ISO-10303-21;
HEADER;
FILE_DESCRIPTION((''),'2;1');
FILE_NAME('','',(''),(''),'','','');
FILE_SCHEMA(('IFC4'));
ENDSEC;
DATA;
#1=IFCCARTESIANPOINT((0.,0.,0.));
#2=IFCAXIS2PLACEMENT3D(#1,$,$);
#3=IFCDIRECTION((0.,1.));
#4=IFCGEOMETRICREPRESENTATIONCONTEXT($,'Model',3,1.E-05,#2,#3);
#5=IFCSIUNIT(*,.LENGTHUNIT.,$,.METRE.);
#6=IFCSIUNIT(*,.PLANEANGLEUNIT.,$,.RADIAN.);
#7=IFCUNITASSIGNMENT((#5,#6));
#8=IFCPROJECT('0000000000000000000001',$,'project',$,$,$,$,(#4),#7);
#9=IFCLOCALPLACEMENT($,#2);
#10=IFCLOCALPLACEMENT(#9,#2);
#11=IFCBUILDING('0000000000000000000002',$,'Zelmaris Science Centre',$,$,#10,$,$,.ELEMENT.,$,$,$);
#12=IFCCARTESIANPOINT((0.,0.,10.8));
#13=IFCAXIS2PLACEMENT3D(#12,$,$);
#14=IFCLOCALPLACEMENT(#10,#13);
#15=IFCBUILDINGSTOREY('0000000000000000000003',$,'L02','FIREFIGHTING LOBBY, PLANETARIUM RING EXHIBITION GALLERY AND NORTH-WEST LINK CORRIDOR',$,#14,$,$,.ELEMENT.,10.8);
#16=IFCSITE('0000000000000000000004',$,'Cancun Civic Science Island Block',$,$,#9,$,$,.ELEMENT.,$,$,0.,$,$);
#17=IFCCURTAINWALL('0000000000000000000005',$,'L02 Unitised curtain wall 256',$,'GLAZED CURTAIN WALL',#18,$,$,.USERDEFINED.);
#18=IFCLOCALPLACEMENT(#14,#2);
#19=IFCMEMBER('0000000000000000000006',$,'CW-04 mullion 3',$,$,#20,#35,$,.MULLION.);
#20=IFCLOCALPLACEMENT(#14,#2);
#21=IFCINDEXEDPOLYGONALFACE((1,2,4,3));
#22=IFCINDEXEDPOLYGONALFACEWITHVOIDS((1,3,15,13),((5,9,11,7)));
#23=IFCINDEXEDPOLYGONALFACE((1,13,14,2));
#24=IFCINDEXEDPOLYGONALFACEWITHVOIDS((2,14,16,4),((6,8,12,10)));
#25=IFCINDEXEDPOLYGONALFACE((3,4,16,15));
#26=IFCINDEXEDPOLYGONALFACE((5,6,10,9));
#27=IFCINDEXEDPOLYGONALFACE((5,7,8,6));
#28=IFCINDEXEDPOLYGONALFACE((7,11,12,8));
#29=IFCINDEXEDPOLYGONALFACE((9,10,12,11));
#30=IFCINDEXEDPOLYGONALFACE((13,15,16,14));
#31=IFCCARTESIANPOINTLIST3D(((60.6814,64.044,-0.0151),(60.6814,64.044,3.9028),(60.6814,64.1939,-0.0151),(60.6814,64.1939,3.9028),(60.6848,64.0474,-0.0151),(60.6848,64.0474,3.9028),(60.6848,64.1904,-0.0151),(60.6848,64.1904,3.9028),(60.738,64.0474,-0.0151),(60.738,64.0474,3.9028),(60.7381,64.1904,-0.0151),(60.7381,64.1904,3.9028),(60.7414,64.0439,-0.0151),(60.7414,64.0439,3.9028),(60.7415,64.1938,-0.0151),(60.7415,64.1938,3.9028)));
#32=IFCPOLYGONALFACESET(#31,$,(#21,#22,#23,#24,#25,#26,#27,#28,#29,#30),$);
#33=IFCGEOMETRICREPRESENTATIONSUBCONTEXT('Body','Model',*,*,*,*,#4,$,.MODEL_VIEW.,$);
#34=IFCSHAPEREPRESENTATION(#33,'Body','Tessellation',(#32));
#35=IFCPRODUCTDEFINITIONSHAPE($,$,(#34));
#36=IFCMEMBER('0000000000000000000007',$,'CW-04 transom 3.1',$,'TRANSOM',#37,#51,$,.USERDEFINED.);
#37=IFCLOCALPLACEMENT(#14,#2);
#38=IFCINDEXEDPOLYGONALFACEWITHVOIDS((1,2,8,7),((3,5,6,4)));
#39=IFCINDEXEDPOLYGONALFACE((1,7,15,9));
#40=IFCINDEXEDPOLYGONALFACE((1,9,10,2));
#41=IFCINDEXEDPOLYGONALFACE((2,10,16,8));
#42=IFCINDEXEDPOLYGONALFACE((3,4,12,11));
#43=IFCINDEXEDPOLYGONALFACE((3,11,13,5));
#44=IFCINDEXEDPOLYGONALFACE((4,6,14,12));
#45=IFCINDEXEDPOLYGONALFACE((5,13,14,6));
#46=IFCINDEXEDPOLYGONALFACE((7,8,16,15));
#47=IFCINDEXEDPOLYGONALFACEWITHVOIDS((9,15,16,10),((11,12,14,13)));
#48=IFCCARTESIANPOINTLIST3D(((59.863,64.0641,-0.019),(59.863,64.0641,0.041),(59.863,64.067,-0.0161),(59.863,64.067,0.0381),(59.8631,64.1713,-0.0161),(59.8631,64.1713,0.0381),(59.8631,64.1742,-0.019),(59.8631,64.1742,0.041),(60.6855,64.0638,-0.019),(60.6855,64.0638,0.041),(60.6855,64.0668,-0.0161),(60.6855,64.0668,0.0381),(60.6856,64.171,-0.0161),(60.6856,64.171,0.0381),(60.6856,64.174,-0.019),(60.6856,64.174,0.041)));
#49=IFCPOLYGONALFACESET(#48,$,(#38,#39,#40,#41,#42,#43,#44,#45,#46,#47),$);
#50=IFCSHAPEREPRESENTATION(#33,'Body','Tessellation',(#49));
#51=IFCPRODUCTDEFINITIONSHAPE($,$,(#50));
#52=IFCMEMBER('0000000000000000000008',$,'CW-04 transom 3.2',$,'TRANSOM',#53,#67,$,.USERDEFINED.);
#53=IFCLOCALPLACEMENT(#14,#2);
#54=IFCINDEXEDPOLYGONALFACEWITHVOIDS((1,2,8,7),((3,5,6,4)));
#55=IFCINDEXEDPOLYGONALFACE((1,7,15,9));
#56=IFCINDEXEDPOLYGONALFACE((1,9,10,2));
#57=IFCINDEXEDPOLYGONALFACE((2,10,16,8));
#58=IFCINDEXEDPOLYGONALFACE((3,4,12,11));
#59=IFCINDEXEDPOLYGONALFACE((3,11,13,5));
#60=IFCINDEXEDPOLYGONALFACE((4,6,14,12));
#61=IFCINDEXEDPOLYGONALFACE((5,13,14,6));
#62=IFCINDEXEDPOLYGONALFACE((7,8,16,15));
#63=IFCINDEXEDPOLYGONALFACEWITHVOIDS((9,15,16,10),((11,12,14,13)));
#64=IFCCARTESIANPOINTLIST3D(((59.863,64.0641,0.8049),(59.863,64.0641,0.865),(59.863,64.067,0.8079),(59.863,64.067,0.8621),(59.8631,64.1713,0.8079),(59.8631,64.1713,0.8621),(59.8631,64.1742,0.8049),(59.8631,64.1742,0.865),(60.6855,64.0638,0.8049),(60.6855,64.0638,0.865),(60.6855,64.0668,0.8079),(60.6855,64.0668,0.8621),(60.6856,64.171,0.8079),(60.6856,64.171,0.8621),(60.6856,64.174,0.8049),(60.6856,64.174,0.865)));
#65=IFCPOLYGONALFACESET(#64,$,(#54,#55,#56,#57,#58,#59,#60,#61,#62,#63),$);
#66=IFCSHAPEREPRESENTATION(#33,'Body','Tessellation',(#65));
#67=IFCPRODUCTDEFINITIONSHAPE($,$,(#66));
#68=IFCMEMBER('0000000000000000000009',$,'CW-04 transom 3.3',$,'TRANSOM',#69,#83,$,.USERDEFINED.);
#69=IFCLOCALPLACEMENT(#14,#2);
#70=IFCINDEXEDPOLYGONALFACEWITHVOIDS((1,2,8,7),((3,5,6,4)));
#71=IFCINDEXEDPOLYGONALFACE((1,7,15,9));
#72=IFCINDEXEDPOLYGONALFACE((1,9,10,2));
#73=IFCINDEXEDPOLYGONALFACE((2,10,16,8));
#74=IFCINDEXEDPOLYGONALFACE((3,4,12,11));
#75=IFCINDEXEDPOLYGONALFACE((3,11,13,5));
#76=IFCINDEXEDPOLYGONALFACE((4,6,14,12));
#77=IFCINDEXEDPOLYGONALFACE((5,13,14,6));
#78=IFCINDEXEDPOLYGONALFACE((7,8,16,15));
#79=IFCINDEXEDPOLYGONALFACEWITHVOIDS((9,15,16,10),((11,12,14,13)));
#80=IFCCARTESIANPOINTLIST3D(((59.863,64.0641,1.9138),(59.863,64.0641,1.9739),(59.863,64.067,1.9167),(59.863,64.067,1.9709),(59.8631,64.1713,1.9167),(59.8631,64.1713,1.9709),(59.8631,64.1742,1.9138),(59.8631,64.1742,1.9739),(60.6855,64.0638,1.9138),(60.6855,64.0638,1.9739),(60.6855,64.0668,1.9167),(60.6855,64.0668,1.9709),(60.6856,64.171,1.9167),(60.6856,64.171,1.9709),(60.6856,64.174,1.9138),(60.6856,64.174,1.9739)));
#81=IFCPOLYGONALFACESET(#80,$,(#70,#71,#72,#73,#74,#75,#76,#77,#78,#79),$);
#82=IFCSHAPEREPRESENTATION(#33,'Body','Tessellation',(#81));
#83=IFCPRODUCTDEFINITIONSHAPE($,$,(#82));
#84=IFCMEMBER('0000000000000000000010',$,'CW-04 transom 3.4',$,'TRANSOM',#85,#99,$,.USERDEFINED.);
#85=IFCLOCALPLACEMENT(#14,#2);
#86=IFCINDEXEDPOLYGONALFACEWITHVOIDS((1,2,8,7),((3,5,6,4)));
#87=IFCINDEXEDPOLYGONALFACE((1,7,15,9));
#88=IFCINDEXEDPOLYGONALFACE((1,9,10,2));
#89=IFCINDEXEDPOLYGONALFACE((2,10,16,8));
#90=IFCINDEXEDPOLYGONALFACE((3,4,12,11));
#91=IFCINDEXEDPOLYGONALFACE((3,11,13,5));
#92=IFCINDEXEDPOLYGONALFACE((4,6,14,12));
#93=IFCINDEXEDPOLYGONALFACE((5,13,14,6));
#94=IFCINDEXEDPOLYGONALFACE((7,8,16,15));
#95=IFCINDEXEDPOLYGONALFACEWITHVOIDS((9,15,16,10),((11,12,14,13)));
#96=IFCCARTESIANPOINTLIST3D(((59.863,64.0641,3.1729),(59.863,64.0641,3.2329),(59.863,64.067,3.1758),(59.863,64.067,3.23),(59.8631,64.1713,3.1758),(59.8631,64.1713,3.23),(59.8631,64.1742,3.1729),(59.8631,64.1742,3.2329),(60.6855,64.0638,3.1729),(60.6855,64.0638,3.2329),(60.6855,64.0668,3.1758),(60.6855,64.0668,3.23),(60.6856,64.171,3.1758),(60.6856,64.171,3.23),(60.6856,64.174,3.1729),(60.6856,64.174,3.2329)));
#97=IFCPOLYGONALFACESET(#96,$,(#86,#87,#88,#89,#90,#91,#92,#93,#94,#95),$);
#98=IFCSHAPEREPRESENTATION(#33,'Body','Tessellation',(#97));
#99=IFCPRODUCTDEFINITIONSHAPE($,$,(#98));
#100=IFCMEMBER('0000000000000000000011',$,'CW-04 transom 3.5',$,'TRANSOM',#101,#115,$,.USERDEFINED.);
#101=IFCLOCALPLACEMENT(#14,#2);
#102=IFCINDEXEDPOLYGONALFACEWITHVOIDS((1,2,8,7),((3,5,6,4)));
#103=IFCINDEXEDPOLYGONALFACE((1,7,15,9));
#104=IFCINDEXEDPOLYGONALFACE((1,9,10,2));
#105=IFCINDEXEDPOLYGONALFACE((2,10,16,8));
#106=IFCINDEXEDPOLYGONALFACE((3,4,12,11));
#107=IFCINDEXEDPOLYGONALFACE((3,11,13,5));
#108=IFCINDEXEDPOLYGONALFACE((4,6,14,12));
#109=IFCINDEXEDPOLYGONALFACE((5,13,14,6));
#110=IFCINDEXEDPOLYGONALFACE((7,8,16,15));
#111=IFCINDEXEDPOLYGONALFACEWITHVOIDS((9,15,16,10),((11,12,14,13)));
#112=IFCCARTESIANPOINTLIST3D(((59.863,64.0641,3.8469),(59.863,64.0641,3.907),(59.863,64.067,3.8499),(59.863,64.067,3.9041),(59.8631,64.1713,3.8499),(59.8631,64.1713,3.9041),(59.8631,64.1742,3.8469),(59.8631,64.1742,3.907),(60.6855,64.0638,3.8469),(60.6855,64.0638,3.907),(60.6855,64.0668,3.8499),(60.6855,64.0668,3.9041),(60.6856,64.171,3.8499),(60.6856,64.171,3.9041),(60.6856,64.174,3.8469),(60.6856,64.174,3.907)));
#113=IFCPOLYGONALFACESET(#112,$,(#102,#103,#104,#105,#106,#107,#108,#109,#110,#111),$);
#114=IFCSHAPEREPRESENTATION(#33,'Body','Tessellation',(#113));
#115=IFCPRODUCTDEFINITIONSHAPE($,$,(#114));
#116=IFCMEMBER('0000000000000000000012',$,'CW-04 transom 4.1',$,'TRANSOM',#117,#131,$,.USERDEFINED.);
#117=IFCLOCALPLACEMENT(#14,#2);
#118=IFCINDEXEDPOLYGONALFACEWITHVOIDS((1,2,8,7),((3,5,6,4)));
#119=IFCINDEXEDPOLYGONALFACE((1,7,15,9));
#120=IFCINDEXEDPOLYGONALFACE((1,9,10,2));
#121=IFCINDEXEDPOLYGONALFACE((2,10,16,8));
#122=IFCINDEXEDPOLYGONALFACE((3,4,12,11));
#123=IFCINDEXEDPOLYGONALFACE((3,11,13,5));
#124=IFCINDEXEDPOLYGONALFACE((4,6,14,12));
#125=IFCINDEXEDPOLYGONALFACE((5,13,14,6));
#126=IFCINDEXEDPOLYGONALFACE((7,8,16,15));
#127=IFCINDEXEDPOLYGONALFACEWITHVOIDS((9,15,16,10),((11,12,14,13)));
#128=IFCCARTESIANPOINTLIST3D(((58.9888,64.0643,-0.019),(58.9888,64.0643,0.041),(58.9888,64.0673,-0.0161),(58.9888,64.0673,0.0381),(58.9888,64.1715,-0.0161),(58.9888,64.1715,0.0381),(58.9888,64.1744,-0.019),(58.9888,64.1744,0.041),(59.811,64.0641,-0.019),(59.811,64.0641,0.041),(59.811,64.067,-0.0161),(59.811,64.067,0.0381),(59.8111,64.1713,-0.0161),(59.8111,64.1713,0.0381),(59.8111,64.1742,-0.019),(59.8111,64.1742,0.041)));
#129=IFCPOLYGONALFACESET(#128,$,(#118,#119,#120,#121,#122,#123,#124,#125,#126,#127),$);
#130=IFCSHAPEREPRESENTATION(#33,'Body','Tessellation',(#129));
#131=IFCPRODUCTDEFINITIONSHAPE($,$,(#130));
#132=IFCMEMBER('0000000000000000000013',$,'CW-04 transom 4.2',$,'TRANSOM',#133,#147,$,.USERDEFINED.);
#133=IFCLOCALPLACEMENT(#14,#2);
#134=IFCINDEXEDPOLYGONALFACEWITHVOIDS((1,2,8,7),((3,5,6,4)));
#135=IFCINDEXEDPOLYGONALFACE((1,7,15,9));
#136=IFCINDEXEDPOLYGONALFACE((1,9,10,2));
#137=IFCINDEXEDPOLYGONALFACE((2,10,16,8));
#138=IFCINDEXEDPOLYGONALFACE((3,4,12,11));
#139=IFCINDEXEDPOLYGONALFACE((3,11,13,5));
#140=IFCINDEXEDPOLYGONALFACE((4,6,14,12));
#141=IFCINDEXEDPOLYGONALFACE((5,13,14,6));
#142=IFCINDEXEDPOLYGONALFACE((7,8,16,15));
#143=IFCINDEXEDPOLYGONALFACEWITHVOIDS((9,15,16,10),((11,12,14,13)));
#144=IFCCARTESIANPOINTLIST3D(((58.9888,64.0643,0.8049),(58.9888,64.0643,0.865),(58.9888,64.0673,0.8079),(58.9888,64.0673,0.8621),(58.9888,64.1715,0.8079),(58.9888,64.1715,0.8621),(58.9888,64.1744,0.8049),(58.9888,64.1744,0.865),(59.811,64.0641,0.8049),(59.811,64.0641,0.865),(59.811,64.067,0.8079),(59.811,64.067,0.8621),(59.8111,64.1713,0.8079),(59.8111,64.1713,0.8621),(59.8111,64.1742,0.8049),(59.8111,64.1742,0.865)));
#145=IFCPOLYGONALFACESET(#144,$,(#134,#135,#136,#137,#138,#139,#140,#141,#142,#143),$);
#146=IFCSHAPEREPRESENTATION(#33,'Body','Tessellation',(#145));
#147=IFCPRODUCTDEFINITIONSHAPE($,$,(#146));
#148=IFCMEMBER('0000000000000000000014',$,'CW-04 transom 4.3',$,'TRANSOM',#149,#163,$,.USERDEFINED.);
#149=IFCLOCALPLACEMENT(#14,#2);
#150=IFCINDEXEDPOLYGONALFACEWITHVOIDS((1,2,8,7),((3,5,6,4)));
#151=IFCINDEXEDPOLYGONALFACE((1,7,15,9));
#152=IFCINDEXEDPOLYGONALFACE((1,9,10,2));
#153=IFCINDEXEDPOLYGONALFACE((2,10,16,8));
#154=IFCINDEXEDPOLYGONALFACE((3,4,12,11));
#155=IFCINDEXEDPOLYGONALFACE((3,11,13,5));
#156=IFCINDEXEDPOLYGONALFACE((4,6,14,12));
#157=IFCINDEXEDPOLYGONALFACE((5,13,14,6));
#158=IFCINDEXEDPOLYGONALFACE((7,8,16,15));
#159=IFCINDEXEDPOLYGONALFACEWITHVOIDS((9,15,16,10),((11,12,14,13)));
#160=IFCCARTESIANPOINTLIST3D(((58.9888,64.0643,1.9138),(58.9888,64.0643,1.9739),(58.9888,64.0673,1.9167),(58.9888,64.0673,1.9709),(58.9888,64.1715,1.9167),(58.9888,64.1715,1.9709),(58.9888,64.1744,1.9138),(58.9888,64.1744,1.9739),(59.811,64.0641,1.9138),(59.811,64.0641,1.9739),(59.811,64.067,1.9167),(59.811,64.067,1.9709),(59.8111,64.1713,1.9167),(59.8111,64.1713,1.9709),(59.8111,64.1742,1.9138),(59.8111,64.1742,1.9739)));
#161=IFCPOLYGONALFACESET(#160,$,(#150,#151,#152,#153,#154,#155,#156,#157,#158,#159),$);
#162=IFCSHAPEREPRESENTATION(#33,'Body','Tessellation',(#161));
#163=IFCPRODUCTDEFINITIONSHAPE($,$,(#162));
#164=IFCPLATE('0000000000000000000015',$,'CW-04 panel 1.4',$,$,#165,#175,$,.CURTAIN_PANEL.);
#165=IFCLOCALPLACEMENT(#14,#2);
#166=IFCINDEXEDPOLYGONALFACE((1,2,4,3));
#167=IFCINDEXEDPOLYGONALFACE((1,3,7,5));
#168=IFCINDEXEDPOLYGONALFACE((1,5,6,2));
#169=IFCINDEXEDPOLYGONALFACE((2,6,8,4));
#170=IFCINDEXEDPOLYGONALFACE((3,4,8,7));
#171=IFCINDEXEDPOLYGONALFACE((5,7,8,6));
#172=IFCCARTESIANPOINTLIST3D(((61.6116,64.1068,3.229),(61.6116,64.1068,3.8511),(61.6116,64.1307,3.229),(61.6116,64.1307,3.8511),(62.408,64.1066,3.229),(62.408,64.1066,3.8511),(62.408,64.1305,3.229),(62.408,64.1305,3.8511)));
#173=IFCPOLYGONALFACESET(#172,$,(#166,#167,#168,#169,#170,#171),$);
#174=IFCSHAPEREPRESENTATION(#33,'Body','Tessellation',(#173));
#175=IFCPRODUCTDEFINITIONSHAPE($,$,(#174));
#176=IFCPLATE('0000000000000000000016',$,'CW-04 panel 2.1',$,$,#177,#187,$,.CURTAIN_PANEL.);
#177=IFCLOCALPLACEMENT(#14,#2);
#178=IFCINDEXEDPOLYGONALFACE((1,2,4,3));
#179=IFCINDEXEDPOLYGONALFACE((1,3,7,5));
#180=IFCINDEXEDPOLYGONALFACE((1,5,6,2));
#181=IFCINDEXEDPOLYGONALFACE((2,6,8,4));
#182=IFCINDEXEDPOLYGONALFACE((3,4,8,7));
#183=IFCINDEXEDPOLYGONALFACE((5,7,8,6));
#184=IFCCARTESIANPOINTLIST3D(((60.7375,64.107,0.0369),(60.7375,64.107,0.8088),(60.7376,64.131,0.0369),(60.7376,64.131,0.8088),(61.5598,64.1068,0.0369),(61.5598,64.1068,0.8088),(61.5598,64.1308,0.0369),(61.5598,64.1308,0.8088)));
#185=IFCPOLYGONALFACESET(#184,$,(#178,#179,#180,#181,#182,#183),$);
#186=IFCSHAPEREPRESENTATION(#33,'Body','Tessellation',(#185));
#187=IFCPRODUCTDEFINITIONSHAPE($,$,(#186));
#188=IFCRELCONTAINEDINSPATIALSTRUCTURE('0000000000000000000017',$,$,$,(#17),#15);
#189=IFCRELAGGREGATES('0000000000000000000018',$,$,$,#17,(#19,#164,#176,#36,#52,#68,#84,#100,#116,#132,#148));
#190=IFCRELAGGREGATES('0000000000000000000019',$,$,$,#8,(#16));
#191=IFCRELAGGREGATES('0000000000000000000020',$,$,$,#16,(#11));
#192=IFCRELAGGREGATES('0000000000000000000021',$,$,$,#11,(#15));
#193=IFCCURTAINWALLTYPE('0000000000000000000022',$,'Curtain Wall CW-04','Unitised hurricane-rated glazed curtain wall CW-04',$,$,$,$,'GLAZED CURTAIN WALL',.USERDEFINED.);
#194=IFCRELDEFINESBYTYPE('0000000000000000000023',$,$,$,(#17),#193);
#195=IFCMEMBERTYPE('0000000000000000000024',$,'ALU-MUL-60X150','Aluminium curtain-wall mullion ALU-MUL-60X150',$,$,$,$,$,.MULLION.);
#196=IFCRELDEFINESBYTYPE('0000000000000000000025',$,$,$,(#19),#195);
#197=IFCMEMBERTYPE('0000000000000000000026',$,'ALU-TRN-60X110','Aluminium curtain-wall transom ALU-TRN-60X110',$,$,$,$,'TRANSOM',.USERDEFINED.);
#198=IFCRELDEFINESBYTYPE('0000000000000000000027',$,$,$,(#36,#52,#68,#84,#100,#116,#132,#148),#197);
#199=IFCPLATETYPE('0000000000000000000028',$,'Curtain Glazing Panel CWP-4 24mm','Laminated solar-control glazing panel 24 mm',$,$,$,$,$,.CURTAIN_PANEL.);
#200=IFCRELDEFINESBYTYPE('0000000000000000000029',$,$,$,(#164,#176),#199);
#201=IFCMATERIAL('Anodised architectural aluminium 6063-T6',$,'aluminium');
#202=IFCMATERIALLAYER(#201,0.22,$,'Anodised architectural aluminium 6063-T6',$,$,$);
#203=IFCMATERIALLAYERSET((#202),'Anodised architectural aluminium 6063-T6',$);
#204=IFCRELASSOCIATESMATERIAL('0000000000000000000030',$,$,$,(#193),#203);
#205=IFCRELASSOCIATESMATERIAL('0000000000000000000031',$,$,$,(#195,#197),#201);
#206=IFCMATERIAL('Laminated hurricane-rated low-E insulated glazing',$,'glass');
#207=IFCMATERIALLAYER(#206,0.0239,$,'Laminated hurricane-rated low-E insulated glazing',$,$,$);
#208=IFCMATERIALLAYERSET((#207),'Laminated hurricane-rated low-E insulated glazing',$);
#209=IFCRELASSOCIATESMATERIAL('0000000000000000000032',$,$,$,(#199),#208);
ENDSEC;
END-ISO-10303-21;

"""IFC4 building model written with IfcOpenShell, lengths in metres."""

from ifc_helpers import new_model, si_unit, direction, frame, origin, origin_2d, place, context, subcontext, project, spatial, rectangle, hollow_rectangle, extrude, material, layer, layer_set, material_profile, profile_set, type_object, element, aggregate, save


model = new_model("IFC4")

# Units and contexts
model_context = context("Model", 3, precision=1e-05, world=origin(), true_north=direction((0.0, 1.0)))
body_context = subcontext(model_context, "Body", "Model", "MODEL_VIEW")
ifc_project = project(units=[si_unit("LENGTHUNIT", "METRE"), si_unit("PLANEANGLEUNIT", "RADIAN")], contexts=[model_context])

# Site, building, storey
site_placement = place(None, origin())
site = spatial("IfcSite", under=ifc_project, at=site_placement, Name="Cancun Civic Science Island Block", CompositionType="ELEMENT", RefElevation=0.0)
building_placement = place(site_placement, origin())
building = spatial("IfcBuilding", under=site, at=building_placement, Name="Zelmaris Science Centre", CompositionType="ELEMENT")
storey_placement = place(building_placement, frame((0.0, 0.0, 10.8)))
storey = spatial("IfcBuildingStorey", under=building, at=storey_placement, Name="L02", Description="FIREFIGHTING LOBBY, PLANETARIUM RING EXHIBITION GALLERY AND NORTH-WEST LINK CORRIDOR", CompositionType="ELEMENT", Elevation=10.8)

# Curtain wall, members, plates
ifc_material_1 = material(Name="Anodised architectural aluminium 6063-T6", Category="aluminium")
ifc_layer_1 = layer(ifc_material_1, 0.22, Name="Anodised architectural aluminium 6063-T6")
ifc_layer_set_1 = layer_set([ifc_layer_1], Name="Anodised architectural aluminium 6063-T6")
curtain_wall_type = type_object("IfcCurtainWallType", Name="Curtain Wall CW-04", Description="Unitised hurricane-rated glazed curtain wall CW-04", ElementType="GLAZED CURTAIN WALL", PredefinedType="USERDEFINED", material=ifc_layer_set_1)
curtain_wall_placement = place(storey_placement, origin())
curtain_wall = element("IfcCurtainWall", 1, at=curtain_wall_placement, inside=storey, type_object=curtain_wall_type, Name="L02 Unitised curtain wall 256", ObjectType="GLAZED CURTAIN WALL", PredefinedType="USERDEFINED")
ifc_material_profile_1 = material_profile(ifc_material_1, hollow_rectangle(XDim=0.0601, YDim=0.1499, WallThickness=0.0034, at=origin_2d()), Name="ALU-MUL-60X150")
ifc_profile_set_1 = profile_set([ifc_material_profile_1], Name="Anodised architectural aluminium 6063-T6")
member_type_1 = type_object("IfcMemberType", Name="ALU-MUL-60X150", Description="Aluminium curtain-wall mullion ALU-MUL-60X150", PredefinedType="MULLION", material=ifc_profile_set_1)
member_1_placement = place(storey_placement, frame((60.7114, 64.1189, -0.0151), z_axis=(0.0, 0.0, 1.0), x_axis=(-1.0, 0.000243, 0.0)))
member_1 = element("IfcMember", 2, at=member_1_placement, type_object=member_type_1, Name="CW-04 mullion 3", PredefinedType="MULLION", context=body_context, shape_type="SweptSolid", body=[
    extrude(hollow_rectangle(XDim=0.0601, YDim=0.1499, WallThickness=0.0034, at=origin_2d()), origin(), (0.0, 0.0, 1.0), 3.918),
])
ifc_material_profile_2 = material_profile(ifc_material_1, hollow_rectangle(XDim=0.0601, YDim=0.1101, WallThickness=0.0029, at=origin_2d()), Name="ALU-TRN-60X110")
ifc_profile_set_2 = profile_set([ifc_material_profile_2], Name="Anodised architectural aluminium 6063-T6")
member_type_2 = type_object("IfcMemberType", Name="ALU-TRN-60X110", Description="Aluminium curtain-wall transom ALU-TRN-60X110", ElementType="TRANSOM", PredefinedType="USERDEFINED", material=ifc_profile_set_2)
member_2_placement = place(storey_placement, frame((60.6855, 64.1189, 0.011), z_axis=(-1.0, 0.000297, 0.0), x_axis=(0.0, 0.0, 1.0)))
member_2 = element("IfcMember", 3, at=member_2_placement, type_object=member_type_2, Name="CW-04 transom 3.1", ObjectType="TRANSOM", PredefinedType="USERDEFINED", context=body_context, shape_type="SweptSolid", body=[
    extrude(hollow_rectangle(XDim=0.0601, YDim=0.1101, WallThickness=0.0029, at=origin_2d()), origin(), (0.0, 0.0, 1.0), 0.8225),
])
member_3_placement = place(storey_placement, frame((60.6855, 64.1189, 0.835), z_axis=(-1.0, 0.000297, 0.0), x_axis=(0.0, 0.0, 1.0)))
member_3 = element("IfcMember", 4, at=member_3_placement, type_object=member_type_2, Name="CW-04 transom 3.2", ObjectType="TRANSOM", PredefinedType="USERDEFINED", context=body_context, shape_type="SweptSolid", body=[
    extrude(hollow_rectangle(XDim=0.0601, YDim=0.1101, WallThickness=0.0029, at=origin_2d()), origin(), (0.0, 0.0, 1.0), 0.8225),
])
member_4_placement = place(storey_placement, frame((60.6855, 64.1189, 1.9438), z_axis=(-1.0, 0.000297, 0.0), x_axis=(0.0, 0.0, 1.0)))
member_4 = element("IfcMember", 5, at=member_4_placement, type_object=member_type_2, Name="CW-04 transom 3.3", ObjectType="TRANSOM", PredefinedType="USERDEFINED", context=body_context, shape_type="SweptSolid", body=[
    extrude(hollow_rectangle(XDim=0.0601, YDim=0.1101, WallThickness=0.0029, at=origin_2d()), origin(), (0.0, 0.0, 1.0), 0.8225),
])
member_5_placement = place(storey_placement, frame((60.6855, 64.1189, 3.2029), z_axis=(-1.0, 0.000297, 0.0), x_axis=(0.0, 0.0, 1.0)))
member_5 = element("IfcMember", 6, at=member_5_placement, type_object=member_type_2, Name="CW-04 transom 3.4", ObjectType="TRANSOM", PredefinedType="USERDEFINED", context=body_context, shape_type="SweptSolid", body=[
    extrude(hollow_rectangle(XDim=0.0601, YDim=0.1101, WallThickness=0.0029, at=origin_2d()), origin(), (0.0, 0.0, 1.0), 0.8225),
])
member_6_placement = place(storey_placement, frame((60.6855, 64.1189, 3.877), z_axis=(-1.0, 0.000297, 0.0), x_axis=(0.0, 0.0, 1.0)))
member_6 = element("IfcMember", 7, at=member_6_placement, type_object=member_type_2, Name="CW-04 transom 3.5", ObjectType="TRANSOM", PredefinedType="USERDEFINED", context=body_context, shape_type="SweptSolid", body=[
    extrude(hollow_rectangle(XDim=0.0601, YDim=0.1101, WallThickness=0.0029, at=origin_2d()), origin(), (0.0, 0.0, 1.0), 0.8225),
])
member_7_placement = place(storey_placement, frame((59.811, 64.1191, 0.011), z_axis=(-1.0, 0.000297, 0.0), x_axis=(0.0, 0.0, 1.0)))
member_7 = element("IfcMember", 8, at=member_7_placement, type_object=member_type_2, Name="CW-04 transom 4.1", ObjectType="TRANSOM", PredefinedType="USERDEFINED", context=body_context, shape_type="SweptSolid", body=[
    extrude(hollow_rectangle(XDim=0.0601, YDim=0.1101, WallThickness=0.0029, at=origin_2d()), origin(), (0.0, 0.0, 1.0), 0.8223),
])
member_8_placement = place(storey_placement, frame((59.811, 64.1191, 0.835), z_axis=(-1.0, 0.000297, 0.0), x_axis=(0.0, 0.0, 1.0)))
member_8 = element("IfcMember", 9, at=member_8_placement, type_object=member_type_2, Name="CW-04 transom 4.2", ObjectType="TRANSOM", PredefinedType="USERDEFINED", context=body_context, shape_type="SweptSolid", body=[
    extrude(hollow_rectangle(XDim=0.0601, YDim=0.1101, WallThickness=0.0029, at=origin_2d()), origin(), (0.0, 0.0, 1.0), 0.8223),
])
member_9_placement = place(storey_placement, frame((59.811, 64.1191, 1.9438), z_axis=(-1.0, 0.000297, 0.0), x_axis=(0.0, 0.0, 1.0)))
member_9 = element("IfcMember", 10, at=member_9_placement, type_object=member_type_2, Name="CW-04 transom 4.3", ObjectType="TRANSOM", PredefinedType="USERDEFINED", context=body_context, shape_type="SweptSolid", body=[
    extrude(hollow_rectangle(XDim=0.0601, YDim=0.1101, WallThickness=0.0029, at=origin_2d()), origin(), (0.0, 0.0, 1.0), 0.8223),
])
ifc_material_2 = material(Name="Laminated hurricane-rated low-E insulated glazing", Category="glass")
ifc_layer_2 = layer(ifc_material_2, 0.0239, Name="Laminated hurricane-rated low-E insulated glazing")
ifc_layer_set_2 = layer_set([ifc_layer_2], Name="Laminated hurricane-rated low-E insulated glazing")
plate_type = type_object("IfcPlateType", Name="Curtain Glazing Panel CWP-4 24mm", Description="Laminated solar-control glazing panel 24 mm", PredefinedType="CURTAIN_PANEL", material=ifc_layer_set_2)
plate_1_placement = place(storey_placement, frame((62.0098, 64.1187, 3.229), z_axis=(0.0, 0.0, 1.0), x_axis=(-1.0, 0.000229, 0.0)))
plate_1 = element("IfcPlate", 11, at=plate_1_placement, type_object=plate_type, Name="CW-04 panel 1.4", PredefinedType="CURTAIN_PANEL", context=body_context, shape_type="SweptSolid", body=[
    extrude(rectangle(XDim=0.7964, YDim=0.0239, at=origin_2d()), origin(), (0.0, 0.0, 1.0), 0.6221),
])
plate_2_placement = place(storey_placement, frame((61.1487, 64.1189, 0.0369), z_axis=(0.0, 0.0, 1.0), x_axis=(-1.0, 0.000229, 0.0)))
plate_2 = element("IfcPlate", 12, at=plate_2_placement, type_object=plate_type, Name="CW-04 panel 2.1", PredefinedType="CURTAIN_PANEL", context=body_context, shape_type="SweptSolid", body=[
    extrude(rectangle(XDim=0.8223, YDim=0.0239, at=origin_2d()), origin(), (0.0, 0.0, 1.0), 0.772),
])
aggregate(curtain_wall, [member_1, plate_1, plate_2, member_2, member_3, member_4, member_5, member_6, member_7, member_8, member_9])

save(model, "model.ifc")
